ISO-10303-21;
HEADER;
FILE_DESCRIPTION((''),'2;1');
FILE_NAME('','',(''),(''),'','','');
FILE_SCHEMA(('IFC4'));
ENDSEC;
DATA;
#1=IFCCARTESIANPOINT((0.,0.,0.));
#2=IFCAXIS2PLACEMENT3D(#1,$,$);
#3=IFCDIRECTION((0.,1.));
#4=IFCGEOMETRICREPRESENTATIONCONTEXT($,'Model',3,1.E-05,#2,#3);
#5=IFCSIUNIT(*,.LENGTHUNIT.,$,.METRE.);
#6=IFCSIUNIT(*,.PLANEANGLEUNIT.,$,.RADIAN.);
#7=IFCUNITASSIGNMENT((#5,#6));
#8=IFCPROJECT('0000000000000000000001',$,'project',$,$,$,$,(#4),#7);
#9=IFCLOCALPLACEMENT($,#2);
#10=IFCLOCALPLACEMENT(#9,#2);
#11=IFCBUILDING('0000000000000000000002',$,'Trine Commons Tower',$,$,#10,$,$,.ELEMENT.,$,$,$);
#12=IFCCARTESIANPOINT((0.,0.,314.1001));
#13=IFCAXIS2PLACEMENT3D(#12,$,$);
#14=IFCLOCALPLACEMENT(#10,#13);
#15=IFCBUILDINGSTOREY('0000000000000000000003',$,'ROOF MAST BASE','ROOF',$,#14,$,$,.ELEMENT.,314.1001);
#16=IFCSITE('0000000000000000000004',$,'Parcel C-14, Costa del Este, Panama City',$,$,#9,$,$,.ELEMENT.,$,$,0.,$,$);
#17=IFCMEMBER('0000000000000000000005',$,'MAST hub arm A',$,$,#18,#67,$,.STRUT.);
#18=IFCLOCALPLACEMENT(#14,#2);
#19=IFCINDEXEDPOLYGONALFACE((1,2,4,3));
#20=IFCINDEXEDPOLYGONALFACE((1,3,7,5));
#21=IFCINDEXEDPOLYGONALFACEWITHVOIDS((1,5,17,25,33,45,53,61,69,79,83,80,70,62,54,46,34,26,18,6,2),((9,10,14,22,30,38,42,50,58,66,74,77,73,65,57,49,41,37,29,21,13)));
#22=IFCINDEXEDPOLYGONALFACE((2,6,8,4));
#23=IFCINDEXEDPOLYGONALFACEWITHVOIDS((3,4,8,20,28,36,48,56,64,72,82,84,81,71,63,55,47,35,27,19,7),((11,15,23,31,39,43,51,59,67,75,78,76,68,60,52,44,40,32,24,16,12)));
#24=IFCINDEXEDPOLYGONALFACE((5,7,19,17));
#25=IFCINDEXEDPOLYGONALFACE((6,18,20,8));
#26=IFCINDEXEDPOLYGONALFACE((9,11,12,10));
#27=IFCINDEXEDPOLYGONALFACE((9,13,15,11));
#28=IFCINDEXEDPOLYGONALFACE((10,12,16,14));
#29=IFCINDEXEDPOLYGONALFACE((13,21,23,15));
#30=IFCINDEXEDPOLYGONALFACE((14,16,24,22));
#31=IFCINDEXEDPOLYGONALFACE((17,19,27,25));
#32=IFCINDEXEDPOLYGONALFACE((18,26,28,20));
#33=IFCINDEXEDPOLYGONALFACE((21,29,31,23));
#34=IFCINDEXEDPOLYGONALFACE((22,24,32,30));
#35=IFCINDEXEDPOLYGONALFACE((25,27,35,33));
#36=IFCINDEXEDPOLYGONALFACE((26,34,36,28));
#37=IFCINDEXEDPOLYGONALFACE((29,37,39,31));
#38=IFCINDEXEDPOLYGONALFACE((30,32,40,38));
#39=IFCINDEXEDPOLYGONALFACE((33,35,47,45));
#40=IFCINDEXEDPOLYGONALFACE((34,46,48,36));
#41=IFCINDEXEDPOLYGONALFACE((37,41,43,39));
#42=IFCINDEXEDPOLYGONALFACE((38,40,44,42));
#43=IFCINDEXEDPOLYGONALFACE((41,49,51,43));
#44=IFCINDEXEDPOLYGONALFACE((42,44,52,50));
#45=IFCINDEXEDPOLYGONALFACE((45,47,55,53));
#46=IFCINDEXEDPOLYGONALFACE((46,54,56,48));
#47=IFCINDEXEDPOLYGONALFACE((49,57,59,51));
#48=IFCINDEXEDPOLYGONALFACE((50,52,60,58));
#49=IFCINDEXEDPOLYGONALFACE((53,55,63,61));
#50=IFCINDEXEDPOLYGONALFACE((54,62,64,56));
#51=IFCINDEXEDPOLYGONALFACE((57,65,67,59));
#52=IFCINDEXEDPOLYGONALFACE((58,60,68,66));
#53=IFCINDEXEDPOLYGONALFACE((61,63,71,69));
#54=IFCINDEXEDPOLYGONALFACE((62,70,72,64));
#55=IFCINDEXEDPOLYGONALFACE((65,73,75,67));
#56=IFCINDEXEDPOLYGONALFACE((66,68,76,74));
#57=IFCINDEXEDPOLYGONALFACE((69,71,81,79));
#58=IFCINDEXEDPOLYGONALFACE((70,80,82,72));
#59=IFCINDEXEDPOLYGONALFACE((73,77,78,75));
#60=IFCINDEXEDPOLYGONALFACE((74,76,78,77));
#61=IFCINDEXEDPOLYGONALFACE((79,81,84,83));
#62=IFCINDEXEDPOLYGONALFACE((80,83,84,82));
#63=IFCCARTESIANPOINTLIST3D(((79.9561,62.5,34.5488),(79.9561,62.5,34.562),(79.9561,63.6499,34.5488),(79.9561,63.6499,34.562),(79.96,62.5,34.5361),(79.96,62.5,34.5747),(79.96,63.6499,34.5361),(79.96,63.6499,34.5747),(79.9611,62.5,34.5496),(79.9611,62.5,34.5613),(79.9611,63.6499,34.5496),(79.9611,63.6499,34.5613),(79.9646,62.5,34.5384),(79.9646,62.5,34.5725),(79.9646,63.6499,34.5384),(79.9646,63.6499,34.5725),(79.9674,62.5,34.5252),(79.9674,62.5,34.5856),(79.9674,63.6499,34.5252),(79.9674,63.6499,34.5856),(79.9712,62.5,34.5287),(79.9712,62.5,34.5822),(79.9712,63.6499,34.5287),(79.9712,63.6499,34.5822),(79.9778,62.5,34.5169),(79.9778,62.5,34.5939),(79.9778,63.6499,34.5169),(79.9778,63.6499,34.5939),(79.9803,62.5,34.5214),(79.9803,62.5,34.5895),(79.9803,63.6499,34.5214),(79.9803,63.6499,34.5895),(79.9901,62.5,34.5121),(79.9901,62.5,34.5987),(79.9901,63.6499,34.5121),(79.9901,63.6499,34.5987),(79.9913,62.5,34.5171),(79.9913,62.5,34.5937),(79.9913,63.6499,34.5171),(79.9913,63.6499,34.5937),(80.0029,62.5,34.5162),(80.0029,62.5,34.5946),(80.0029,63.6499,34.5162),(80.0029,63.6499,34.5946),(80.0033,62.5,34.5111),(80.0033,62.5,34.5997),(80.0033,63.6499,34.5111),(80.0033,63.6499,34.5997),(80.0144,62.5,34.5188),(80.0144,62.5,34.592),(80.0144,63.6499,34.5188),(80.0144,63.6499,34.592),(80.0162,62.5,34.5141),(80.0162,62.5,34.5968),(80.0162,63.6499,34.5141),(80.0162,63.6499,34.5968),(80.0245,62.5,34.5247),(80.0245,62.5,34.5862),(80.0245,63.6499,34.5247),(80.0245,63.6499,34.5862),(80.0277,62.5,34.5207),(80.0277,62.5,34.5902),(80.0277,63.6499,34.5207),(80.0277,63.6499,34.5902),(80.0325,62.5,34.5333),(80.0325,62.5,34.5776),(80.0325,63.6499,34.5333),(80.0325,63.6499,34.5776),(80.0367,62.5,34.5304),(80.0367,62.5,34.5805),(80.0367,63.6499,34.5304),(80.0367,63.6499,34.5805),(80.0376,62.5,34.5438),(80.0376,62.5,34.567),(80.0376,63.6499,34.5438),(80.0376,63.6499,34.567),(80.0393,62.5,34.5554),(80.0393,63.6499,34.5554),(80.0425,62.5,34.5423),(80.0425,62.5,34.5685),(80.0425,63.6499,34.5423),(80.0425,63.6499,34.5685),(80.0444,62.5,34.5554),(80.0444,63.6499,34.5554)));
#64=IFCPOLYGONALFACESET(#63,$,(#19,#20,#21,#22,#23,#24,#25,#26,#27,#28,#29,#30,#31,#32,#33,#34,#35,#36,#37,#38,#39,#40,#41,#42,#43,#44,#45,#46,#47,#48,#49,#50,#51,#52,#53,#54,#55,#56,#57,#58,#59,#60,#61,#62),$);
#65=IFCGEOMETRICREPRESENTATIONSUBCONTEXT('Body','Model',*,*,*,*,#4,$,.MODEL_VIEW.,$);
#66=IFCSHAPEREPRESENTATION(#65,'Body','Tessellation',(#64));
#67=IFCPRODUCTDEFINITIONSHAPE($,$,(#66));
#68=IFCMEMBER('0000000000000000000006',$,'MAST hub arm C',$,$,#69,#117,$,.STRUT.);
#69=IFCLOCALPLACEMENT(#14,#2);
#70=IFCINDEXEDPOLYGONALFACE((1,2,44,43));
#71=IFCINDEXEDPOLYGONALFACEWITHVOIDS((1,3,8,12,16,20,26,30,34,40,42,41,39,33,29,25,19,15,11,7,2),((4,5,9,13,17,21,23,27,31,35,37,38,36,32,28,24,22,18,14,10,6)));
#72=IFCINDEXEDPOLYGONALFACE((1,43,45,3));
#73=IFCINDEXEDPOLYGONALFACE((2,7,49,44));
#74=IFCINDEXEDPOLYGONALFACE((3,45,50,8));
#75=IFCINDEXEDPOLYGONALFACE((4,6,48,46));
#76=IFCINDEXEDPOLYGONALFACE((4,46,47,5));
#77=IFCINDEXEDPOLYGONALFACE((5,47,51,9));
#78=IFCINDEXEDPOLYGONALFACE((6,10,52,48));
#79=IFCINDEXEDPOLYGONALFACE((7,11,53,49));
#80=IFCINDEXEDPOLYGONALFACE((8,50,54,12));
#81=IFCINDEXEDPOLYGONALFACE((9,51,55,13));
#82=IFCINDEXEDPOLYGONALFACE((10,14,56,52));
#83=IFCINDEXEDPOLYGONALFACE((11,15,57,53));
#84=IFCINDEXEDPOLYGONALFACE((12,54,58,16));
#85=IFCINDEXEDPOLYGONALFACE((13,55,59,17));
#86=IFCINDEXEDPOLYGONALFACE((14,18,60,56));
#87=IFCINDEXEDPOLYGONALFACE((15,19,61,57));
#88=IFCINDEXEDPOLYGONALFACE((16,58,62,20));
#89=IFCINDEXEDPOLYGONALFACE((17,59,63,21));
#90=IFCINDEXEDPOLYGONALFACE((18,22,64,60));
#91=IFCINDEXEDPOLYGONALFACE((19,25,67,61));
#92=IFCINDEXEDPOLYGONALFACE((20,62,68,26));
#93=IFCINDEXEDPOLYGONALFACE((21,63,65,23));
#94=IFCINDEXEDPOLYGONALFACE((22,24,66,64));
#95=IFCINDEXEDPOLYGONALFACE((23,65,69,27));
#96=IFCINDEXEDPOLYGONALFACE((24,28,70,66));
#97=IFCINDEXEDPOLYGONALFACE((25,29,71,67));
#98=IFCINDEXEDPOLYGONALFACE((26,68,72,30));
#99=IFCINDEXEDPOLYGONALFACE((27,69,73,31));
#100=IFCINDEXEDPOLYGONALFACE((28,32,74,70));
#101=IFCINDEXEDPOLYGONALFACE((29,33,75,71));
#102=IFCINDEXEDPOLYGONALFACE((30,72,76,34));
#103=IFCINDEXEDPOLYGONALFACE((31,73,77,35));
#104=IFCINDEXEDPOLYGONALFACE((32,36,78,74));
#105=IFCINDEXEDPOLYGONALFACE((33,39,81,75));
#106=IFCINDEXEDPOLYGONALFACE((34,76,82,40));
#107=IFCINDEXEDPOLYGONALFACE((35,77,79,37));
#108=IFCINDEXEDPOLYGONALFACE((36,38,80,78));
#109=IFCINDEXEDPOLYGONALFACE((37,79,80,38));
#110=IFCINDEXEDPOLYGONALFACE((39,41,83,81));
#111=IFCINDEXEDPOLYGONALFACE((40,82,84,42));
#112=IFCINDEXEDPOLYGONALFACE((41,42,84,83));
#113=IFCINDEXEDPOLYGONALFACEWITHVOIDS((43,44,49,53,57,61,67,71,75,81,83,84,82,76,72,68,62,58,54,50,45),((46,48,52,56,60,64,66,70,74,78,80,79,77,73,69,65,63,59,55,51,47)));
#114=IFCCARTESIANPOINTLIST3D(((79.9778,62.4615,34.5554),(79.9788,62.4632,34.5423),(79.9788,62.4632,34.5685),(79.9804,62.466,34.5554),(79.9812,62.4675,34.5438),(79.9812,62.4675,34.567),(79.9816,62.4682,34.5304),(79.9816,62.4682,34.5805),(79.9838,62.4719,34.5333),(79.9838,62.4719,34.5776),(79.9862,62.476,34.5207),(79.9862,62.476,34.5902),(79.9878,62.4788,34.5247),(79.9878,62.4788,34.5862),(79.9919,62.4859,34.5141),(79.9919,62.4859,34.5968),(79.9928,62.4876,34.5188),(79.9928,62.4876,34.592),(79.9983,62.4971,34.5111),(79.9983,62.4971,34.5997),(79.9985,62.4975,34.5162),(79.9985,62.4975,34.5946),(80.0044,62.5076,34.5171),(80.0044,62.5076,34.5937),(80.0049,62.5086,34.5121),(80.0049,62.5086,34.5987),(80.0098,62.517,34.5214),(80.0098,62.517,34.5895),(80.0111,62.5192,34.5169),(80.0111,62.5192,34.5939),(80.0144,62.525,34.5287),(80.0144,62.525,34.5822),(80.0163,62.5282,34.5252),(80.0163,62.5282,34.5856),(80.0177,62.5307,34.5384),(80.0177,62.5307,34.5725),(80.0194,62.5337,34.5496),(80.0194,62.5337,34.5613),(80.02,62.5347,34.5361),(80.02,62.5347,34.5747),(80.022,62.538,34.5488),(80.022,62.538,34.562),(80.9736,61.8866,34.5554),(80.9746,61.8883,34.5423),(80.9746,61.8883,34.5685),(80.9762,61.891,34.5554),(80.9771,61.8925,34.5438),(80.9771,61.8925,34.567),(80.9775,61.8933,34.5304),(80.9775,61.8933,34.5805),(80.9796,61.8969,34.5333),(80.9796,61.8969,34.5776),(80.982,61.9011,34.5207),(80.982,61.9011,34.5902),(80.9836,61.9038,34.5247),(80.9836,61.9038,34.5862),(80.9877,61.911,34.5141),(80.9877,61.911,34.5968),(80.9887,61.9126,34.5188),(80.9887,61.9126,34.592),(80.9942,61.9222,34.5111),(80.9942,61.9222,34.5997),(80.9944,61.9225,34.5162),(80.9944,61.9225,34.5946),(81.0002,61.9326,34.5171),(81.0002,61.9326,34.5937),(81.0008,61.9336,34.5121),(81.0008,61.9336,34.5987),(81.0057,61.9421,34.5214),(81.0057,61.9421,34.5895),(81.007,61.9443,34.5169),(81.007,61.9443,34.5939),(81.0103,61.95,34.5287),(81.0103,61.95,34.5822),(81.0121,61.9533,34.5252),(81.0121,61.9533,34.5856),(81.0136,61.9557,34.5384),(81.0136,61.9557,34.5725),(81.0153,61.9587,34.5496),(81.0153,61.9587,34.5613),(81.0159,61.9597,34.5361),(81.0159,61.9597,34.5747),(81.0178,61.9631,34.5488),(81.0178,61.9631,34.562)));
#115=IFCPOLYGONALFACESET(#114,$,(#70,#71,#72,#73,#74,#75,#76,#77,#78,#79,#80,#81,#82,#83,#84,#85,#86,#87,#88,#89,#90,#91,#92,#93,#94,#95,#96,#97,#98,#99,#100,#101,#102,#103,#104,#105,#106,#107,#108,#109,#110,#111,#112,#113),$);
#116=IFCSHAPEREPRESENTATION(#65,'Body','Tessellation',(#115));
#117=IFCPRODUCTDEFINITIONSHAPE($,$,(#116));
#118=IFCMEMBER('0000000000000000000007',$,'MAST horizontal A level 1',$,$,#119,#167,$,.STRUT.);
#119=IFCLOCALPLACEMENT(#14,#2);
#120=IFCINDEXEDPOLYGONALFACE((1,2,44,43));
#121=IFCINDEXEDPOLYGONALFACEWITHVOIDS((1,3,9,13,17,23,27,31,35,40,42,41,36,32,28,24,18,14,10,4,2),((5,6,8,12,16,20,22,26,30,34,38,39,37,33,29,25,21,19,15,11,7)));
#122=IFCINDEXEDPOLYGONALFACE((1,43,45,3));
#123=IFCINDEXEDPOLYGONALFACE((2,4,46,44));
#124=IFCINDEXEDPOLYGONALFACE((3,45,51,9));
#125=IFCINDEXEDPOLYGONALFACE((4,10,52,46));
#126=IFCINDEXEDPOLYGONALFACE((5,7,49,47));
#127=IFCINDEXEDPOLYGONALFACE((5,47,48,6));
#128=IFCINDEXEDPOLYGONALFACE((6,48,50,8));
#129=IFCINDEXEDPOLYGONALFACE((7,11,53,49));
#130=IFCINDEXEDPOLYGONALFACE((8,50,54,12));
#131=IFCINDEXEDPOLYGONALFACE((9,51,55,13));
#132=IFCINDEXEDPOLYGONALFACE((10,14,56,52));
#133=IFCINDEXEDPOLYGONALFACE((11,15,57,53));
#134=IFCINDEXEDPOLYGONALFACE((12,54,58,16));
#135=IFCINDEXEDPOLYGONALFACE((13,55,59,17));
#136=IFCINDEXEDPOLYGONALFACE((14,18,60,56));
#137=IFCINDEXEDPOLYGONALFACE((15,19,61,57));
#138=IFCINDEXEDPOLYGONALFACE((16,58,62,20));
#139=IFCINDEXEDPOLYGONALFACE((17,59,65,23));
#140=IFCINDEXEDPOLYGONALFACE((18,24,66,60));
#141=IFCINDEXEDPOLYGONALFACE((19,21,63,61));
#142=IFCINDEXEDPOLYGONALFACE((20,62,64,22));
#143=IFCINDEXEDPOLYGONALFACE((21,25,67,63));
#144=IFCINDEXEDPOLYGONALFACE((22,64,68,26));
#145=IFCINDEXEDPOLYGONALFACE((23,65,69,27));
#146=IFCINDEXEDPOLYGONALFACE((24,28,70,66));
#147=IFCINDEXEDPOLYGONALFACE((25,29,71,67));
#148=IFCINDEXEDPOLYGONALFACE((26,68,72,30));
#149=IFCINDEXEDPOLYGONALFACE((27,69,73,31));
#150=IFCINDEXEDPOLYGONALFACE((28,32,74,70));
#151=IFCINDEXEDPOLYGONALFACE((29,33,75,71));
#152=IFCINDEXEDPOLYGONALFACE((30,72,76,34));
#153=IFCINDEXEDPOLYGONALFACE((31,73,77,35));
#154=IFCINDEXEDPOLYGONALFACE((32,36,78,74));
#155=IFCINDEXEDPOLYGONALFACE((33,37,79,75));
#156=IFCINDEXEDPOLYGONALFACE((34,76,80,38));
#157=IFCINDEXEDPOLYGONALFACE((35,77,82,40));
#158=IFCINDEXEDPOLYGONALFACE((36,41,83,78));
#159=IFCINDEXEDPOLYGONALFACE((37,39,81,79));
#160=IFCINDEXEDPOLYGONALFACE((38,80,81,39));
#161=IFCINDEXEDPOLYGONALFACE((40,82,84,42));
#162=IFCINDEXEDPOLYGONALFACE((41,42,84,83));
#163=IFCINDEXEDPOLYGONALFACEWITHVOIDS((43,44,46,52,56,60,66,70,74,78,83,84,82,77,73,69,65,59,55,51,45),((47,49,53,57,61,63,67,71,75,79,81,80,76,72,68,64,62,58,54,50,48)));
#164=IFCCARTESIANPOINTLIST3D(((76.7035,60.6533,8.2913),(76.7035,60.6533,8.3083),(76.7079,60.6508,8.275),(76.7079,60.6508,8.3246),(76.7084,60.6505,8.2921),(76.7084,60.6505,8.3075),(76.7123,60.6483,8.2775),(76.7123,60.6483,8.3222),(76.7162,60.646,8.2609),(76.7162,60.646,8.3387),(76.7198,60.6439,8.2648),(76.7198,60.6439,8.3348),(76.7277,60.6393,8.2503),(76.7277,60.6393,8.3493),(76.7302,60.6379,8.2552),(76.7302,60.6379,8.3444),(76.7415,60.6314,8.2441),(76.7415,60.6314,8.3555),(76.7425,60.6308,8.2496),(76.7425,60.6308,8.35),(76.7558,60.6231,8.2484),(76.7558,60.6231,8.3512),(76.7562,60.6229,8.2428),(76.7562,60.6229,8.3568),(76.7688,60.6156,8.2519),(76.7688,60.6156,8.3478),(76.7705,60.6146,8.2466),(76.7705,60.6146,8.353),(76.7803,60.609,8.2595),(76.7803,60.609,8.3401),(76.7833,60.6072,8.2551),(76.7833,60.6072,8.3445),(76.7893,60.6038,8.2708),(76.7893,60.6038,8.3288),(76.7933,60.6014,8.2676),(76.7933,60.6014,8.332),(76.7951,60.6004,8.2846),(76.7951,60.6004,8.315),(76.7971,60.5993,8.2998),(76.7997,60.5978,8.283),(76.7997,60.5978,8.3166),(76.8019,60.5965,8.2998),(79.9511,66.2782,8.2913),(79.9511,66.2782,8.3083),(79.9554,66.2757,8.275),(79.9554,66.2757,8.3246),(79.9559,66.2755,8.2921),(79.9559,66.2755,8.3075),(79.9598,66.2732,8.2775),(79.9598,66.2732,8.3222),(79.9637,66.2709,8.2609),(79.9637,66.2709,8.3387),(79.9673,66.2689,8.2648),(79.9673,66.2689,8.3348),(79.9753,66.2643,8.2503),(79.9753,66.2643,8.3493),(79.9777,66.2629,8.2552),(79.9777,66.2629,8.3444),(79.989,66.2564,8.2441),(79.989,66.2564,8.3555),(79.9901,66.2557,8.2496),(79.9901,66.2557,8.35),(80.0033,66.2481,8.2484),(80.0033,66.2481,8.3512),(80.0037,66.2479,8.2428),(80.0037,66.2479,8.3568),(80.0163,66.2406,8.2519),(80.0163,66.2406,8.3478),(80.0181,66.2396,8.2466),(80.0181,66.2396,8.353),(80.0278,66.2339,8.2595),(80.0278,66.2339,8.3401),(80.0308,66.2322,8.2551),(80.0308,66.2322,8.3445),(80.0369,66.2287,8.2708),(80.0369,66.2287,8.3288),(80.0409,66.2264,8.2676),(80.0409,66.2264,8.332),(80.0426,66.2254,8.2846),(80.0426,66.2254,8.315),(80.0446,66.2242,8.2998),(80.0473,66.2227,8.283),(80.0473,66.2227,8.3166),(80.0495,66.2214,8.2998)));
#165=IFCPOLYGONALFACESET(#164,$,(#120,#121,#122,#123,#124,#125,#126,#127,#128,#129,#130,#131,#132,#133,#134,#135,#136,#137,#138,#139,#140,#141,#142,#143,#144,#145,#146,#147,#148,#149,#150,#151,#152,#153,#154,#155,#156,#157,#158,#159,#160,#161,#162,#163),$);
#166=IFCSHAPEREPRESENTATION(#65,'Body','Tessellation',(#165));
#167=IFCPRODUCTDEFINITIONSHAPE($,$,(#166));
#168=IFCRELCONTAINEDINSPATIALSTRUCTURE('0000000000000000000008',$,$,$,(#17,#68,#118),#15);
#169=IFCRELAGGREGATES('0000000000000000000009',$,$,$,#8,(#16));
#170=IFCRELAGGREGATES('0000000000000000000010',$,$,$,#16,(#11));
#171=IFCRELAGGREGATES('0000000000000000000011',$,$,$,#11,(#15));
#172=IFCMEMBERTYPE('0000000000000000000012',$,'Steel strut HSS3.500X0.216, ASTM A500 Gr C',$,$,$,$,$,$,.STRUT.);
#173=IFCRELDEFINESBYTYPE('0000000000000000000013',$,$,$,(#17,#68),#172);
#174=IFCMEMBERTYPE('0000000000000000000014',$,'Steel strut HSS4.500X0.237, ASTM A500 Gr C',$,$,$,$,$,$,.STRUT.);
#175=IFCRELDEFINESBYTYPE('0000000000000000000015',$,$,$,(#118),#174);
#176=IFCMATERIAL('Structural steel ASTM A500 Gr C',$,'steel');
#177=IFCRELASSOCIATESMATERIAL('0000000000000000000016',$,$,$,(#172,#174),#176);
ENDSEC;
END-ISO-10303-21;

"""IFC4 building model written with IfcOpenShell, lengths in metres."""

from ifc_helpers import new_model, si_unit, direction, frame, origin, origin_2d, place, context, subcontext, project, spatial, hollow_circle, extrude, material, material_profile, profile_set, type_object, element, save


model = new_model("IFC4")

# Units and contexts
model_context = context("Model", 3, precision=1e-05, world=origin(), true_north=direction((0.0, 1.0)))
body_context = subcontext(model_context, "Body", "Model", "MODEL_VIEW")
ifc_project = project(units=[si_unit("LENGTHUNIT", "METRE"), si_unit("PLANEANGLEUNIT", "RADIAN")], contexts=[model_context])

# Site, building, storey
site_placement = place(None, origin())
site = spatial("IfcSite", under=ifc_project, at=site_placement, Name="Parcel C-14, Costa del Este, Panama City", CompositionType="ELEMENT", RefElevation=0.0)
building_placement = place(site_placement, origin())
building = spatial("IfcBuilding", under=site, at=building_placement, Name="Trine Commons Tower", CompositionType="ELEMENT")
storey_placement = place(building_placement, frame((0.0, 0.0, 314.1001)))
storey = spatial("IfcBuildingStorey", under=building, at=storey_placement, Name="ROOF MAST BASE", Description="ROOF", CompositionType="ELEMENT", Elevation=314.1001)

# Members
ifc_material_1 = material(Name="Structural steel ASTM A500 Gr C", Category="steel")
ifc_material_profile_1 = material_profile(ifc_material_1, hollow_circle(Radius=0.0444, WallThickness=0.0051, at=origin_2d()), Name="HSS3.500X0.216")
ifc_profile_set_1 = profile_set([ifc_material_profile_1], Name="Structural steel ASTM A500 Gr C")
member_type_1 = type_object("IfcMemberType", Name="Steel strut HSS3.500X0.216, ASTM A500 Gr C", PredefinedType="STRUT", material=ifc_profile_set_1)
for number, where, z_axis, x_axis, name in (
    (1, (80.0, 63.6499, 34.5554), (0.0, -1.0, 0.0), (1.0, 0.0, 0.0), "MAST hub arm A"),
    (2, (80.9958, 61.925, 34.5554), (-0.866026, 0.499998, 0.0), (-0.499998, -0.866026, 0.0), "MAST hub arm C"),
):
    element("IfcMember", number, at=place(storey_placement, frame(where, z_axis=z_axis, x_axis=x_axis)), inside=storey, type_object=member_type_1, Name=name, PredefinedType="STRUT", context=body_context, shape_type="SweptSolid", body=[
        extrude(hollow_circle(Radius=0.0444, WallThickness=0.0051, at=origin_2d()), origin(), (0.0, 0.0, 1.0), 1.1499),
    ])
ifc_material_profile_2 = material_profile(ifc_material_1, hollow_circle(Radius=0.0571, WallThickness=0.0056, at=origin_2d()), Name="HSS4.500X0.237")
ifc_profile_set_2 = profile_set([ifc_material_profile_2], Name="Structural steel ASTM A500 Gr C")
member_type_2 = type_object("IfcMemberType", Name="Steel strut HSS4.500X0.237, ASTM A500 Gr C", PredefinedType="STRUT", material=ifc_profile_set_2)
for number, where, z_axis, x_axis, name in (
    (3, (80.0, 66.25, 8.2998), (-0.499996, -0.866028, 0.0), (0.866028, -0.499996, 0.0), "MAST horizontal A level 1"),
):
    element("IfcMember", number, at=place(storey_placement, frame(where, z_axis=z_axis, x_axis=x_axis)), inside=storey, type_object=member_type_2, Name=name, PredefinedType="STRUT", context=body_context, shape_type="SweptSolid", body=[
        extrude(hollow_circle(Radius=0.0571, WallThickness=0.0056, at=origin_2d()), origin(), (0.0, 0.0, 1.0), 6.4951),
    ])

save(model, "model.ifc")
